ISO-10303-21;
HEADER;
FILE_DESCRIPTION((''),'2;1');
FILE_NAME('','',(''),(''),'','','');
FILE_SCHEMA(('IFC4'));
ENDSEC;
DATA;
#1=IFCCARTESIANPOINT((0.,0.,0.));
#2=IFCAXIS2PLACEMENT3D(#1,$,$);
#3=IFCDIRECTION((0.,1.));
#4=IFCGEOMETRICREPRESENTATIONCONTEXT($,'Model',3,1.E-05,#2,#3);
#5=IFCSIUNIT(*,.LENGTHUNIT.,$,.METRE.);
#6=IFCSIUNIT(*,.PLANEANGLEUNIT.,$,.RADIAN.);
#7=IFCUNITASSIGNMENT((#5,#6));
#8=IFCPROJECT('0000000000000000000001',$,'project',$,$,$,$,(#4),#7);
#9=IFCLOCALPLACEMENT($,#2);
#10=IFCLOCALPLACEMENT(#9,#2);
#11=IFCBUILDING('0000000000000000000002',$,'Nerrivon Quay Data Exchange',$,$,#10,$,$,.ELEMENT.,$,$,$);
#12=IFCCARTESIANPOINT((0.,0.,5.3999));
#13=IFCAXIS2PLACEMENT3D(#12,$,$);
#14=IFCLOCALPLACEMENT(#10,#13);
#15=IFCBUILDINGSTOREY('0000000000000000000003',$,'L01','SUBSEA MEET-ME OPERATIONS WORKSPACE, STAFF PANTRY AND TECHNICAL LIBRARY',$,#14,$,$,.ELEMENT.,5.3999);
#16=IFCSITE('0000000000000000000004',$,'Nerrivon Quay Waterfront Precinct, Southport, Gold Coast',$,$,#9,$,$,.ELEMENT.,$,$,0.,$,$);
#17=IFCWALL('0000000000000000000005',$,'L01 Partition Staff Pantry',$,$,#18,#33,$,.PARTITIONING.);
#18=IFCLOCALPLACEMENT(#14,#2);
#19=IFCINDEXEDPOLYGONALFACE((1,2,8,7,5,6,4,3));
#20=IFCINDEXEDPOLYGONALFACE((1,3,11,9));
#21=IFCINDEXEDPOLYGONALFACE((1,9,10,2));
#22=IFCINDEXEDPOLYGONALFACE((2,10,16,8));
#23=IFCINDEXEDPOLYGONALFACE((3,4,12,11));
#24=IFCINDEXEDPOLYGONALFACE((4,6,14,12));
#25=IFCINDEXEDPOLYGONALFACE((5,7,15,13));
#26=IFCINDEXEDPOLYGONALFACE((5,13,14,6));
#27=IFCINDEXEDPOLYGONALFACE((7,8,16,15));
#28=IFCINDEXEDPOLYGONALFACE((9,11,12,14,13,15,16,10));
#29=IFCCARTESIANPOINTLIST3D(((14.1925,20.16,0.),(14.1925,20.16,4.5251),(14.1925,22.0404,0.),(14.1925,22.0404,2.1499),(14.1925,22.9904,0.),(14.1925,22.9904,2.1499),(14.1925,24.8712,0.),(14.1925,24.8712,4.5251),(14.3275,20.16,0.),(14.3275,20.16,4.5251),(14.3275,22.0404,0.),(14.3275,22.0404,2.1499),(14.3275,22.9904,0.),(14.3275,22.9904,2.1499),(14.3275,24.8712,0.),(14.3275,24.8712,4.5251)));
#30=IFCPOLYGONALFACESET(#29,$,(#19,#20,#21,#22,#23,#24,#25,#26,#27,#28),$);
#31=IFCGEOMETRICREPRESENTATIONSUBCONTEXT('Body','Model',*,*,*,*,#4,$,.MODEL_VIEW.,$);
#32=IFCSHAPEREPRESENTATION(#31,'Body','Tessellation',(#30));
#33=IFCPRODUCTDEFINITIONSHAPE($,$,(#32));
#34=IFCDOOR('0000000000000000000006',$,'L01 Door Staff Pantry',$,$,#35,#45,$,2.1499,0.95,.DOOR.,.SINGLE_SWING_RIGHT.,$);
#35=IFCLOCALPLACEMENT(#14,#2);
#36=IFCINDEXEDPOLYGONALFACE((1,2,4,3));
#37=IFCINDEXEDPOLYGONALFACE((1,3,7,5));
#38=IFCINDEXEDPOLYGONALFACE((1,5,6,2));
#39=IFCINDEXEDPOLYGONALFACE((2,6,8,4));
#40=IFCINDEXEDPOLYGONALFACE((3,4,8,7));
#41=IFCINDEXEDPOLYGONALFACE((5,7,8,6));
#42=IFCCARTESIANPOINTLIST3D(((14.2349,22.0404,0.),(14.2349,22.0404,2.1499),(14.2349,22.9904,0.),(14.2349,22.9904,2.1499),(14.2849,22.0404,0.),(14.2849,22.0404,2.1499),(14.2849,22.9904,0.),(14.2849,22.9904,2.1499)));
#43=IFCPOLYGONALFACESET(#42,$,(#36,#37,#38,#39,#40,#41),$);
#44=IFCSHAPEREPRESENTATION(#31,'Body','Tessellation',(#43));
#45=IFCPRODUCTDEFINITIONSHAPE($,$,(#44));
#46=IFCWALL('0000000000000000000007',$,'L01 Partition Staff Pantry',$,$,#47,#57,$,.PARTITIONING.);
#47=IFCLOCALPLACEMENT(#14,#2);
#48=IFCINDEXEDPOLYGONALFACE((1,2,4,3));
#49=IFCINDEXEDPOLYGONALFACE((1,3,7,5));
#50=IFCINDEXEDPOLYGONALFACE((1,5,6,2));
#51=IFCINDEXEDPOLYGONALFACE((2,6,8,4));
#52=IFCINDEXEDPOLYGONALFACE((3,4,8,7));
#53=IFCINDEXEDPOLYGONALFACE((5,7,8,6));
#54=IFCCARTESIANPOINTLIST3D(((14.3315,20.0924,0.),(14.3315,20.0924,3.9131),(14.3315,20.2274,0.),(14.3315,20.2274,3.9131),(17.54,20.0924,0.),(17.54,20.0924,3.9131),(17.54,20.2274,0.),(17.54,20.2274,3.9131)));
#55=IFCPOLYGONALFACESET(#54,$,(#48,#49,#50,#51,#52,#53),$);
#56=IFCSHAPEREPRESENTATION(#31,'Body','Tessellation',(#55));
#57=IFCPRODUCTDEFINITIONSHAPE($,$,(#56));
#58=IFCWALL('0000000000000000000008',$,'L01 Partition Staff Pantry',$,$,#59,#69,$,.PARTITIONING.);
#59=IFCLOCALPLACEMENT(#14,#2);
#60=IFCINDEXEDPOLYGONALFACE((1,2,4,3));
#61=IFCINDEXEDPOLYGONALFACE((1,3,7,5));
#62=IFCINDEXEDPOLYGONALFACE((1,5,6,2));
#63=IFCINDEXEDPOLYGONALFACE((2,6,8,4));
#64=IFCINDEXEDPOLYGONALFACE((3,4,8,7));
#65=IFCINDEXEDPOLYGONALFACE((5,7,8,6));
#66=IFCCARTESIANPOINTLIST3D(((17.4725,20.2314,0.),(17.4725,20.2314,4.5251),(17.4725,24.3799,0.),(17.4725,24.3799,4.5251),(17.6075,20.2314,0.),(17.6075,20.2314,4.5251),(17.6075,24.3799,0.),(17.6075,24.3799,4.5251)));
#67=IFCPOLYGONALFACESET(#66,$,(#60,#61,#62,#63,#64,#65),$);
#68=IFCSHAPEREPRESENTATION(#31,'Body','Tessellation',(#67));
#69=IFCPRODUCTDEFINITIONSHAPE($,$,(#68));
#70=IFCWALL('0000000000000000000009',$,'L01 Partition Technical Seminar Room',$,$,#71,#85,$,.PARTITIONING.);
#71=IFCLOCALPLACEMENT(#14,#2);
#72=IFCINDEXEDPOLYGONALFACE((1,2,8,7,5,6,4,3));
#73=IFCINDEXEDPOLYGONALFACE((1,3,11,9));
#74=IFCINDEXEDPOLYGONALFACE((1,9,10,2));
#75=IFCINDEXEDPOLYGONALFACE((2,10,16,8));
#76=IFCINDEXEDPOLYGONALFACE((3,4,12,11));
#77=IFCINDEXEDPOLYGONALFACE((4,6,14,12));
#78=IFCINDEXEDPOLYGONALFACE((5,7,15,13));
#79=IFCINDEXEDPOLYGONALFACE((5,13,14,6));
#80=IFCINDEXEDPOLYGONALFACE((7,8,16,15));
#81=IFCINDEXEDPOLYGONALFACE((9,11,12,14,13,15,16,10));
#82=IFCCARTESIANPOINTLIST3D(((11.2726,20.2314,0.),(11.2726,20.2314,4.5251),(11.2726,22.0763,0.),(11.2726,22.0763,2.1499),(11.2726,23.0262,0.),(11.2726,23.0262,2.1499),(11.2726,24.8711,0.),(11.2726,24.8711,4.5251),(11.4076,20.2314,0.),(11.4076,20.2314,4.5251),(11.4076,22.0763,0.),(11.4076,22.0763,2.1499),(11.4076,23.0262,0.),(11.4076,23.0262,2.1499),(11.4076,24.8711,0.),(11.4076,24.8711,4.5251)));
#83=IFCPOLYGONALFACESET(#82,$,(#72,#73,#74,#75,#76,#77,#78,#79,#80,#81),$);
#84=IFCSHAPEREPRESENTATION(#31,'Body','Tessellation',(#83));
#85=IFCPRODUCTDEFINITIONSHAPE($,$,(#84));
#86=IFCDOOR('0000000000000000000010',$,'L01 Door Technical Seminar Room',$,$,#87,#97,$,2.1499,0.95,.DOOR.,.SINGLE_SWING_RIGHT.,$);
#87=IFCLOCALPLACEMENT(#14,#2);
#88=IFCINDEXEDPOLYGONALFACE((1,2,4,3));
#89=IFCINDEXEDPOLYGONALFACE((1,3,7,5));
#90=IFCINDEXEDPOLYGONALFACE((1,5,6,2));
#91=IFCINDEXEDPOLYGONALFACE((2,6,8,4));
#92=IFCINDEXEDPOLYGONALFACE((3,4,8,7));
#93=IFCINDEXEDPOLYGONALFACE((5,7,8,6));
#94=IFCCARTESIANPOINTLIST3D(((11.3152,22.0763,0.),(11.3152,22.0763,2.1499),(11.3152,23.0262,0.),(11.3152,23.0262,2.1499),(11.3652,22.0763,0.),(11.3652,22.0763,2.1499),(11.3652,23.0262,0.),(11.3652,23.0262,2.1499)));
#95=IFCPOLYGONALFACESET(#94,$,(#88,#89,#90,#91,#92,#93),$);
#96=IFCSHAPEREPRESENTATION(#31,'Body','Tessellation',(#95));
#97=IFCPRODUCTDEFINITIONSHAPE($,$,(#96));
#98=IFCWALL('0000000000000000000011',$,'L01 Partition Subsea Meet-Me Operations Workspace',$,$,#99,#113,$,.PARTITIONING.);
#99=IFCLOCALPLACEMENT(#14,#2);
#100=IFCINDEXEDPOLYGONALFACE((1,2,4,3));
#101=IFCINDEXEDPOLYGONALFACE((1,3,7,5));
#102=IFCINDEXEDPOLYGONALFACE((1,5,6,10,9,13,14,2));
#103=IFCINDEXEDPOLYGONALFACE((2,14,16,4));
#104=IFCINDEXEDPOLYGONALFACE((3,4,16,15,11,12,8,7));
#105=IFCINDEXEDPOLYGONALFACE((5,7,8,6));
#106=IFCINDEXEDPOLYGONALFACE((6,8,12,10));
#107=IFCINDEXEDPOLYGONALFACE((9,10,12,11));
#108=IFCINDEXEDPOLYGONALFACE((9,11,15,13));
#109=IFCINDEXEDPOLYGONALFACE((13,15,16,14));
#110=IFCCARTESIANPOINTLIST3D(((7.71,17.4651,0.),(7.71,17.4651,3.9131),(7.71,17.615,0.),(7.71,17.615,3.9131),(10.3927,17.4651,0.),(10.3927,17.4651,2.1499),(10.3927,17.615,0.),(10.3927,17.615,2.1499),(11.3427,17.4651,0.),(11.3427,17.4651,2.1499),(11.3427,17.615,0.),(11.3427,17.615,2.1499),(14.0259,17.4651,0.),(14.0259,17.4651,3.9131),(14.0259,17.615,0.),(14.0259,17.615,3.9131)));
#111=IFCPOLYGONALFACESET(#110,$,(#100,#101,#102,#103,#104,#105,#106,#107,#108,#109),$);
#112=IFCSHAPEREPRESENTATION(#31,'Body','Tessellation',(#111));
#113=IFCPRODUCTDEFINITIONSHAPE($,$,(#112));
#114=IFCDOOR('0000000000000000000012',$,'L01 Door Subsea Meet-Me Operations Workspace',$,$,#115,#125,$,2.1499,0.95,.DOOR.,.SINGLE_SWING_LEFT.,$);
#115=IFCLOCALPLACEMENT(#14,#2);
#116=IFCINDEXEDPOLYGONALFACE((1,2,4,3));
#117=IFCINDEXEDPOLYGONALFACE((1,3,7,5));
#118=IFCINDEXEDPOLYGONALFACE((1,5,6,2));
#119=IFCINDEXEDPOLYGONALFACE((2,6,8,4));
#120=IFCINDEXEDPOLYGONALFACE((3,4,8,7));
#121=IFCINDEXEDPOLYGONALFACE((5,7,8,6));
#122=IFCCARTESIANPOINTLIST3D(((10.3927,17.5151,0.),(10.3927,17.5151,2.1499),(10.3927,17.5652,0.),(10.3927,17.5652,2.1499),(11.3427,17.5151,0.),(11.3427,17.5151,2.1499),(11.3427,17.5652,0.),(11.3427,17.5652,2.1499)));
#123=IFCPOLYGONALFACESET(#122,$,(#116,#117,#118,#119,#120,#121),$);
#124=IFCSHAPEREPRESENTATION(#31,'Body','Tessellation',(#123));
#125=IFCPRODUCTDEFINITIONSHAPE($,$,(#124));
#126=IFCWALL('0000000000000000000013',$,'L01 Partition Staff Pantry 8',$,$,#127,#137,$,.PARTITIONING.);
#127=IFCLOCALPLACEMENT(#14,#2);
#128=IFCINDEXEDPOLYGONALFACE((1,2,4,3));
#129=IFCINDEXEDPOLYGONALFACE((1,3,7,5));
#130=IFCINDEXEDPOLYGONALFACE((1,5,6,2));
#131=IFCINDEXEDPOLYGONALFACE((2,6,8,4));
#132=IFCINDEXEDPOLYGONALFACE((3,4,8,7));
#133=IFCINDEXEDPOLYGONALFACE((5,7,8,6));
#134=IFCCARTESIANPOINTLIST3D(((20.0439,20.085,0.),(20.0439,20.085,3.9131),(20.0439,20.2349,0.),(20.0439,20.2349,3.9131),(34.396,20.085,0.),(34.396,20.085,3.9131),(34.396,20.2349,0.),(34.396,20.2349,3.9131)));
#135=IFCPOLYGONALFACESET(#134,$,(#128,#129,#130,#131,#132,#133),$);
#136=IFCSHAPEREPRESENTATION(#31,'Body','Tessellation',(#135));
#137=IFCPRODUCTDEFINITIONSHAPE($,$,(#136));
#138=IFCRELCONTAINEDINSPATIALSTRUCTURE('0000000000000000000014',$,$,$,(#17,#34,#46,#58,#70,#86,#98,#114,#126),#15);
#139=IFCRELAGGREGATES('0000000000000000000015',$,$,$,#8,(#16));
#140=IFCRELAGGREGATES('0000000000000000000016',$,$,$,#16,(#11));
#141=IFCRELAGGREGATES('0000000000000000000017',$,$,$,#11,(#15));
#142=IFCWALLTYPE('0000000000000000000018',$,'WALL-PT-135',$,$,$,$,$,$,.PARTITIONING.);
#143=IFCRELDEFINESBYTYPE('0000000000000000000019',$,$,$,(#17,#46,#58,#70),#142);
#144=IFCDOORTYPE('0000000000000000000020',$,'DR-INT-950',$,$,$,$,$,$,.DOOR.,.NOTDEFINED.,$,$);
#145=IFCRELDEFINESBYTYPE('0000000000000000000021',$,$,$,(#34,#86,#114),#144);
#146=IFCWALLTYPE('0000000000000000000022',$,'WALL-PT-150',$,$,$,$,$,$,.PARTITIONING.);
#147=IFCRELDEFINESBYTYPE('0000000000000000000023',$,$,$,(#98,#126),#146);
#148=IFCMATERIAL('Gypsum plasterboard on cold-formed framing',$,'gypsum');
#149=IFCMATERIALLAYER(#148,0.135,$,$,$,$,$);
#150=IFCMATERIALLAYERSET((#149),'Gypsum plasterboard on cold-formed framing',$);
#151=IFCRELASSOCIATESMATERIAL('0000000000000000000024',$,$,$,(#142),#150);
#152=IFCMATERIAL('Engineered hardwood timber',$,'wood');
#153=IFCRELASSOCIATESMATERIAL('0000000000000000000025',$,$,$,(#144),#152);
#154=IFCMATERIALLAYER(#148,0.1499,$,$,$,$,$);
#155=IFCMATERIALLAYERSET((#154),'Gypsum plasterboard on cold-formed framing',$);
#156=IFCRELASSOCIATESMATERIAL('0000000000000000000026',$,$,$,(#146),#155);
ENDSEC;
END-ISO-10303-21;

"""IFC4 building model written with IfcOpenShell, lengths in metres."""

from ifc_helpers import new_model, si_unit, direction, frame, frame_2d, origin, place, context, subcontext, project, spatial, rectangle, extrude, material, layer, layer_set, type_object, element, fill, save


model = new_model("IFC4")

# Units and contexts
model_context = context("Model", 3, precision=1e-05, world=origin(), true_north=direction((0.0, 1.0)))
body_context = subcontext(model_context, "Body", "Model", "MODEL_VIEW")
ifc_project = project(units=[si_unit("LENGTHUNIT", "METRE"), si_unit("PLANEANGLEUNIT", "RADIAN")], contexts=[model_context])

# Site, building, storey
site_placement = place(None, origin())
site = spatial("IfcSite", under=ifc_project, at=site_placement, Name="Nerrivon Quay Waterfront Precinct, Southport, Gold Coast", CompositionType="ELEMENT", RefElevation=0.0)
building_placement = place(site_placement, origin())
building = spatial("IfcBuilding", under=site, at=building_placement, Name="Nerrivon Quay Data Exchange", CompositionType="ELEMENT")
storey_placement = place(building_placement, frame((0.0, 0.0, 5.3999)))
storey = spatial("IfcBuildingStorey", under=building, at=storey_placement, Name="L01", Description="SUBSEA MEET-ME OPERATIONS WORKSPACE, STAFF PANTRY AND TECHNICAL LIBRARY", CompositionType="ELEMENT", Elevation=5.3999)

# Shared definitions
ifc_material_1 = material(Name="Gypsum plasterboard on cold-formed framing", Category="gypsum")

# Wall, opening, door
ifc_layer_1 = layer(ifc_material_1, 0.135)
ifc_layer_set_1 = layer_set([ifc_layer_1], Name="Gypsum plasterboard on cold-formed framing")
wall_type_1 = type_object("IfcWallType", Name="WALL-PT-135", PredefinedType="PARTITIONING", material=ifc_layer_set_1)
wall_1_placement = place(storey_placement, frame((14.26, 24.8711, 0.0), z_axis=(0.0, 0.0, 1.0), x_axis=(0.0, -1.0, 0.0)))
wall_1 = element("IfcWall", 1, at=wall_1_placement, inside=storey, type_object=wall_type_1, Name="L01 Partition Staff Pantry", PredefinedType="PARTITIONING", context=body_context, shape_type="SweptSolid", body=[
    extrude(rectangle(XDim=4.7112, YDim=0.135, at=frame_2d((2.3555, 0.0))), origin(), (0.0, 0.0, 1.0), 4.5251),
])
opening_1_placement = place(wall_1_placement, frame((1.8806, 0.0, 0.0)))
opening_1 = element("IfcOpeningElement", 2, at=opening_1_placement, cuts=wall_1, PredefinedType="OPENING", context=body_context, shape_type="SweptSolid", body=[
    extrude(rectangle(XDim=0.95, YDim=2.1499, at=frame_2d((0.4751, 1.075))), frame((0.0, 0.0774, 0.0), z_axis=(0.0, -1.0, 0.0), x_axis=(1.0, 0.0, 0.0)), (0.0, 0.0, 1.0), 0.155),
])
ifc_material_2 = material(Name="Engineered hardwood timber", Category="wood")
door_type_1 = type_object("IfcDoorType", Name="DR-INT-950", OperationType="NOTDEFINED", PredefinedType="DOOR", material=ifc_material_2)
door_1_placement = place(opening_1_placement, origin())
door_1 = element("IfcDoor", 3, at=door_1_placement, inside=storey, type_object=door_type_1, Name="L01 Door Staff Pantry", OperationType="SINGLE_SWING_RIGHT", OverallHeight=2.1499, OverallWidth=0.95, PredefinedType="DOOR", context=body_context, shape_type="SweptSolid", body=[
    extrude(rectangle(XDim=0.95, YDim=2.1499, at=frame_2d((0.4751, 1.075))), frame((0.0, 0.0249, 0.0), z_axis=(0.0, -1.0, 0.0), x_axis=(1.0, 0.0, 0.0)), (0.0, 0.0, 1.0), 0.05),
])
fill(opening_1, door_1)

# Walls
wall_2_placement = place(storey_placement, frame((14.3315, 20.1599, 0.0), z_axis=(0.0, 0.0, 1.0), x_axis=(1.0, 0.0, 0.0)))
element("IfcWall", 4, at=wall_2_placement, inside=storey, type_object=wall_type_1, Name="L01 Partition Staff Pantry", PredefinedType="PARTITIONING", context=body_context, shape_type="SweptSolid", body=[
    extrude(rectangle(XDim=3.2085, YDim=0.135, at=frame_2d((1.6042, 0.0))), origin(), (0.0, 0.0, 1.0), 3.9131),
])
wall_3_placement = place(storey_placement, frame((17.54, 20.2314, 0.0), z_axis=(0.0, 0.0, 1.0), x_axis=(0.0, 1.0, 0.0)))
element("IfcWall", 5, at=wall_3_placement, inside=storey, type_object=wall_type_1, Name="L01 Partition Staff Pantry", PredefinedType="PARTITIONING", context=body_context, shape_type="SweptSolid", body=[
    extrude(rectangle(XDim=4.1484, YDim=0.135, at=frame_2d((2.0742, 0.0))), origin(), (0.0, 0.0, 1.0), 4.5251),
])

# Walls, openings, doors
wall_4_placement = place(storey_placement, frame((11.3401, 20.2314, 0.0), z_axis=(0.0, 0.0, 1.0), x_axis=(0.0, 1.0, 0.0)))
wall_4 = element("IfcWall", 6, at=wall_4_placement, inside=storey, type_object=wall_type_1, Name="L01 Partition Technical Seminar Room", PredefinedType="PARTITIONING", context=body_context, shape_type="SweptSolid", body=[
    extrude(rectangle(XDim=4.6396, YDim=0.135, at=frame_2d((2.3198, 0.0))), origin(), (0.0, 0.0, 1.0), 4.5251),
])
opening_2_placement = place(wall_4_placement, frame((1.8447, 0.0, 0.0)))
opening_2 = element("IfcOpeningElement", 7, at=opening_2_placement, cuts=wall_4, PredefinedType="OPENING", context=body_context, shape_type="SweptSolid", body=[
    extrude(rectangle(XDim=0.95, YDim=2.1499, at=frame_2d((0.4751, 1.075))), frame((0.0, 0.0774, 0.0), z_axis=(0.0, -1.0, 0.0), x_axis=(1.0, 0.0, 0.0)), (0.0, 0.0, 1.0), 0.155),
])
door_2_placement = place(opening_2_placement, origin())
door_2 = element("IfcDoor", 8, at=door_2_placement, inside=storey, type_object=door_type_1, Name="L01 Door Technical Seminar Room", OperationType="SINGLE_SWING_RIGHT", OverallHeight=2.1499, OverallWidth=0.95, PredefinedType="DOOR", context=body_context, shape_type="SweptSolid", body=[
    extrude(rectangle(XDim=0.95, YDim=2.1499, at=frame_2d((0.4751, 1.075))), frame((0.0, 0.0249, 0.0), z_axis=(0.0, -1.0, 0.0), x_axis=(1.0, 0.0, 0.0)), (0.0, 0.0, 1.0), 0.05),
])
fill(opening_2, door_2)
ifc_layer_2 = layer(ifc_material_1, 0.1499)
ifc_layer_set_2 = layer_set([ifc_layer_2], Name="Gypsum plasterboard on cold-formed framing")
wall_type_2 = type_object("IfcWallType", Name="WALL-PT-150", PredefinedType="PARTITIONING", material=ifc_layer_set_2)
wall_5_placement = place(storey_placement, frame((14.0259, 17.54, 0.0), z_axis=(0.0, 0.0, 1.0), x_axis=(-1.0, 0.0, 0.0)))
wall_5 = element("IfcWall", 9, at=wall_5_placement, inside=storey, type_object=wall_type_2, Name="L01 Partition Subsea Meet-Me Operations Workspace", PredefinedType="PARTITIONING", context=body_context, shape_type="SweptSolid", body=[
    extrude(rectangle(XDim=6.3159, YDim=0.1499, at=frame_2d((3.158, 0.0))), origin(), (0.0, 0.0, 1.0), 3.9131),
])
opening_3_placement = place(wall_5_placement, frame((2.6831, 0.0, 0.0)))
opening_3 = element("IfcOpeningElement", 10, at=opening_3_placement, cuts=wall_5, PredefinedType="OPENING", context=body_context, shape_type="SweptSolid", body=[
    extrude(rectangle(XDim=0.95, YDim=2.1499, at=frame_2d((0.4751, 1.075))), frame((0.0, 0.085, 0.0), z_axis=(0.0, -1.0, 0.0), x_axis=(1.0, 0.0, 0.0)), (0.0, 0.0, 1.0), 0.1699),
])
door_3_placement = place(opening_3_placement, origin())
door_3 = element("IfcDoor", 11, at=door_3_placement, inside=storey, type_object=door_type_1, Name="L01 Door Subsea Meet-Me Operations Workspace", OperationType="SINGLE_SWING_LEFT", OverallHeight=2.1499, OverallWidth=0.95, PredefinedType="DOOR", context=body_context, shape_type="SweptSolid", body=[
    extrude(rectangle(XDim=0.95, YDim=2.1499, at=frame_2d((0.4751, 1.075))), frame((0.0, 0.0249, 0.0), z_axis=(0.0, -1.0, 0.0), x_axis=(1.0, 0.0, 0.0)), (0.0, 0.0, 1.0), 0.05),
])
fill(opening_3, door_3)

# Wall
wall_6_placement = place(storey_placement, frame((20.0439, 20.1599, 0.0), z_axis=(0.0, 0.0, 1.0), x_axis=(1.0, 0.0, 0.0)))
element("IfcWall", 12, at=wall_6_placement, inside=storey, type_object=wall_type_2, Name="L01 Partition Staff Pantry 8", PredefinedType="PARTITIONING", context=body_context, shape_type="SweptSolid", body=[
    extrude(rectangle(XDim=14.3521, YDim=0.1499, at=frame_2d((7.176, 0.0))), origin(), (0.0, 0.0, 1.0), 3.9131),
])

save(model, "model.ifc")
